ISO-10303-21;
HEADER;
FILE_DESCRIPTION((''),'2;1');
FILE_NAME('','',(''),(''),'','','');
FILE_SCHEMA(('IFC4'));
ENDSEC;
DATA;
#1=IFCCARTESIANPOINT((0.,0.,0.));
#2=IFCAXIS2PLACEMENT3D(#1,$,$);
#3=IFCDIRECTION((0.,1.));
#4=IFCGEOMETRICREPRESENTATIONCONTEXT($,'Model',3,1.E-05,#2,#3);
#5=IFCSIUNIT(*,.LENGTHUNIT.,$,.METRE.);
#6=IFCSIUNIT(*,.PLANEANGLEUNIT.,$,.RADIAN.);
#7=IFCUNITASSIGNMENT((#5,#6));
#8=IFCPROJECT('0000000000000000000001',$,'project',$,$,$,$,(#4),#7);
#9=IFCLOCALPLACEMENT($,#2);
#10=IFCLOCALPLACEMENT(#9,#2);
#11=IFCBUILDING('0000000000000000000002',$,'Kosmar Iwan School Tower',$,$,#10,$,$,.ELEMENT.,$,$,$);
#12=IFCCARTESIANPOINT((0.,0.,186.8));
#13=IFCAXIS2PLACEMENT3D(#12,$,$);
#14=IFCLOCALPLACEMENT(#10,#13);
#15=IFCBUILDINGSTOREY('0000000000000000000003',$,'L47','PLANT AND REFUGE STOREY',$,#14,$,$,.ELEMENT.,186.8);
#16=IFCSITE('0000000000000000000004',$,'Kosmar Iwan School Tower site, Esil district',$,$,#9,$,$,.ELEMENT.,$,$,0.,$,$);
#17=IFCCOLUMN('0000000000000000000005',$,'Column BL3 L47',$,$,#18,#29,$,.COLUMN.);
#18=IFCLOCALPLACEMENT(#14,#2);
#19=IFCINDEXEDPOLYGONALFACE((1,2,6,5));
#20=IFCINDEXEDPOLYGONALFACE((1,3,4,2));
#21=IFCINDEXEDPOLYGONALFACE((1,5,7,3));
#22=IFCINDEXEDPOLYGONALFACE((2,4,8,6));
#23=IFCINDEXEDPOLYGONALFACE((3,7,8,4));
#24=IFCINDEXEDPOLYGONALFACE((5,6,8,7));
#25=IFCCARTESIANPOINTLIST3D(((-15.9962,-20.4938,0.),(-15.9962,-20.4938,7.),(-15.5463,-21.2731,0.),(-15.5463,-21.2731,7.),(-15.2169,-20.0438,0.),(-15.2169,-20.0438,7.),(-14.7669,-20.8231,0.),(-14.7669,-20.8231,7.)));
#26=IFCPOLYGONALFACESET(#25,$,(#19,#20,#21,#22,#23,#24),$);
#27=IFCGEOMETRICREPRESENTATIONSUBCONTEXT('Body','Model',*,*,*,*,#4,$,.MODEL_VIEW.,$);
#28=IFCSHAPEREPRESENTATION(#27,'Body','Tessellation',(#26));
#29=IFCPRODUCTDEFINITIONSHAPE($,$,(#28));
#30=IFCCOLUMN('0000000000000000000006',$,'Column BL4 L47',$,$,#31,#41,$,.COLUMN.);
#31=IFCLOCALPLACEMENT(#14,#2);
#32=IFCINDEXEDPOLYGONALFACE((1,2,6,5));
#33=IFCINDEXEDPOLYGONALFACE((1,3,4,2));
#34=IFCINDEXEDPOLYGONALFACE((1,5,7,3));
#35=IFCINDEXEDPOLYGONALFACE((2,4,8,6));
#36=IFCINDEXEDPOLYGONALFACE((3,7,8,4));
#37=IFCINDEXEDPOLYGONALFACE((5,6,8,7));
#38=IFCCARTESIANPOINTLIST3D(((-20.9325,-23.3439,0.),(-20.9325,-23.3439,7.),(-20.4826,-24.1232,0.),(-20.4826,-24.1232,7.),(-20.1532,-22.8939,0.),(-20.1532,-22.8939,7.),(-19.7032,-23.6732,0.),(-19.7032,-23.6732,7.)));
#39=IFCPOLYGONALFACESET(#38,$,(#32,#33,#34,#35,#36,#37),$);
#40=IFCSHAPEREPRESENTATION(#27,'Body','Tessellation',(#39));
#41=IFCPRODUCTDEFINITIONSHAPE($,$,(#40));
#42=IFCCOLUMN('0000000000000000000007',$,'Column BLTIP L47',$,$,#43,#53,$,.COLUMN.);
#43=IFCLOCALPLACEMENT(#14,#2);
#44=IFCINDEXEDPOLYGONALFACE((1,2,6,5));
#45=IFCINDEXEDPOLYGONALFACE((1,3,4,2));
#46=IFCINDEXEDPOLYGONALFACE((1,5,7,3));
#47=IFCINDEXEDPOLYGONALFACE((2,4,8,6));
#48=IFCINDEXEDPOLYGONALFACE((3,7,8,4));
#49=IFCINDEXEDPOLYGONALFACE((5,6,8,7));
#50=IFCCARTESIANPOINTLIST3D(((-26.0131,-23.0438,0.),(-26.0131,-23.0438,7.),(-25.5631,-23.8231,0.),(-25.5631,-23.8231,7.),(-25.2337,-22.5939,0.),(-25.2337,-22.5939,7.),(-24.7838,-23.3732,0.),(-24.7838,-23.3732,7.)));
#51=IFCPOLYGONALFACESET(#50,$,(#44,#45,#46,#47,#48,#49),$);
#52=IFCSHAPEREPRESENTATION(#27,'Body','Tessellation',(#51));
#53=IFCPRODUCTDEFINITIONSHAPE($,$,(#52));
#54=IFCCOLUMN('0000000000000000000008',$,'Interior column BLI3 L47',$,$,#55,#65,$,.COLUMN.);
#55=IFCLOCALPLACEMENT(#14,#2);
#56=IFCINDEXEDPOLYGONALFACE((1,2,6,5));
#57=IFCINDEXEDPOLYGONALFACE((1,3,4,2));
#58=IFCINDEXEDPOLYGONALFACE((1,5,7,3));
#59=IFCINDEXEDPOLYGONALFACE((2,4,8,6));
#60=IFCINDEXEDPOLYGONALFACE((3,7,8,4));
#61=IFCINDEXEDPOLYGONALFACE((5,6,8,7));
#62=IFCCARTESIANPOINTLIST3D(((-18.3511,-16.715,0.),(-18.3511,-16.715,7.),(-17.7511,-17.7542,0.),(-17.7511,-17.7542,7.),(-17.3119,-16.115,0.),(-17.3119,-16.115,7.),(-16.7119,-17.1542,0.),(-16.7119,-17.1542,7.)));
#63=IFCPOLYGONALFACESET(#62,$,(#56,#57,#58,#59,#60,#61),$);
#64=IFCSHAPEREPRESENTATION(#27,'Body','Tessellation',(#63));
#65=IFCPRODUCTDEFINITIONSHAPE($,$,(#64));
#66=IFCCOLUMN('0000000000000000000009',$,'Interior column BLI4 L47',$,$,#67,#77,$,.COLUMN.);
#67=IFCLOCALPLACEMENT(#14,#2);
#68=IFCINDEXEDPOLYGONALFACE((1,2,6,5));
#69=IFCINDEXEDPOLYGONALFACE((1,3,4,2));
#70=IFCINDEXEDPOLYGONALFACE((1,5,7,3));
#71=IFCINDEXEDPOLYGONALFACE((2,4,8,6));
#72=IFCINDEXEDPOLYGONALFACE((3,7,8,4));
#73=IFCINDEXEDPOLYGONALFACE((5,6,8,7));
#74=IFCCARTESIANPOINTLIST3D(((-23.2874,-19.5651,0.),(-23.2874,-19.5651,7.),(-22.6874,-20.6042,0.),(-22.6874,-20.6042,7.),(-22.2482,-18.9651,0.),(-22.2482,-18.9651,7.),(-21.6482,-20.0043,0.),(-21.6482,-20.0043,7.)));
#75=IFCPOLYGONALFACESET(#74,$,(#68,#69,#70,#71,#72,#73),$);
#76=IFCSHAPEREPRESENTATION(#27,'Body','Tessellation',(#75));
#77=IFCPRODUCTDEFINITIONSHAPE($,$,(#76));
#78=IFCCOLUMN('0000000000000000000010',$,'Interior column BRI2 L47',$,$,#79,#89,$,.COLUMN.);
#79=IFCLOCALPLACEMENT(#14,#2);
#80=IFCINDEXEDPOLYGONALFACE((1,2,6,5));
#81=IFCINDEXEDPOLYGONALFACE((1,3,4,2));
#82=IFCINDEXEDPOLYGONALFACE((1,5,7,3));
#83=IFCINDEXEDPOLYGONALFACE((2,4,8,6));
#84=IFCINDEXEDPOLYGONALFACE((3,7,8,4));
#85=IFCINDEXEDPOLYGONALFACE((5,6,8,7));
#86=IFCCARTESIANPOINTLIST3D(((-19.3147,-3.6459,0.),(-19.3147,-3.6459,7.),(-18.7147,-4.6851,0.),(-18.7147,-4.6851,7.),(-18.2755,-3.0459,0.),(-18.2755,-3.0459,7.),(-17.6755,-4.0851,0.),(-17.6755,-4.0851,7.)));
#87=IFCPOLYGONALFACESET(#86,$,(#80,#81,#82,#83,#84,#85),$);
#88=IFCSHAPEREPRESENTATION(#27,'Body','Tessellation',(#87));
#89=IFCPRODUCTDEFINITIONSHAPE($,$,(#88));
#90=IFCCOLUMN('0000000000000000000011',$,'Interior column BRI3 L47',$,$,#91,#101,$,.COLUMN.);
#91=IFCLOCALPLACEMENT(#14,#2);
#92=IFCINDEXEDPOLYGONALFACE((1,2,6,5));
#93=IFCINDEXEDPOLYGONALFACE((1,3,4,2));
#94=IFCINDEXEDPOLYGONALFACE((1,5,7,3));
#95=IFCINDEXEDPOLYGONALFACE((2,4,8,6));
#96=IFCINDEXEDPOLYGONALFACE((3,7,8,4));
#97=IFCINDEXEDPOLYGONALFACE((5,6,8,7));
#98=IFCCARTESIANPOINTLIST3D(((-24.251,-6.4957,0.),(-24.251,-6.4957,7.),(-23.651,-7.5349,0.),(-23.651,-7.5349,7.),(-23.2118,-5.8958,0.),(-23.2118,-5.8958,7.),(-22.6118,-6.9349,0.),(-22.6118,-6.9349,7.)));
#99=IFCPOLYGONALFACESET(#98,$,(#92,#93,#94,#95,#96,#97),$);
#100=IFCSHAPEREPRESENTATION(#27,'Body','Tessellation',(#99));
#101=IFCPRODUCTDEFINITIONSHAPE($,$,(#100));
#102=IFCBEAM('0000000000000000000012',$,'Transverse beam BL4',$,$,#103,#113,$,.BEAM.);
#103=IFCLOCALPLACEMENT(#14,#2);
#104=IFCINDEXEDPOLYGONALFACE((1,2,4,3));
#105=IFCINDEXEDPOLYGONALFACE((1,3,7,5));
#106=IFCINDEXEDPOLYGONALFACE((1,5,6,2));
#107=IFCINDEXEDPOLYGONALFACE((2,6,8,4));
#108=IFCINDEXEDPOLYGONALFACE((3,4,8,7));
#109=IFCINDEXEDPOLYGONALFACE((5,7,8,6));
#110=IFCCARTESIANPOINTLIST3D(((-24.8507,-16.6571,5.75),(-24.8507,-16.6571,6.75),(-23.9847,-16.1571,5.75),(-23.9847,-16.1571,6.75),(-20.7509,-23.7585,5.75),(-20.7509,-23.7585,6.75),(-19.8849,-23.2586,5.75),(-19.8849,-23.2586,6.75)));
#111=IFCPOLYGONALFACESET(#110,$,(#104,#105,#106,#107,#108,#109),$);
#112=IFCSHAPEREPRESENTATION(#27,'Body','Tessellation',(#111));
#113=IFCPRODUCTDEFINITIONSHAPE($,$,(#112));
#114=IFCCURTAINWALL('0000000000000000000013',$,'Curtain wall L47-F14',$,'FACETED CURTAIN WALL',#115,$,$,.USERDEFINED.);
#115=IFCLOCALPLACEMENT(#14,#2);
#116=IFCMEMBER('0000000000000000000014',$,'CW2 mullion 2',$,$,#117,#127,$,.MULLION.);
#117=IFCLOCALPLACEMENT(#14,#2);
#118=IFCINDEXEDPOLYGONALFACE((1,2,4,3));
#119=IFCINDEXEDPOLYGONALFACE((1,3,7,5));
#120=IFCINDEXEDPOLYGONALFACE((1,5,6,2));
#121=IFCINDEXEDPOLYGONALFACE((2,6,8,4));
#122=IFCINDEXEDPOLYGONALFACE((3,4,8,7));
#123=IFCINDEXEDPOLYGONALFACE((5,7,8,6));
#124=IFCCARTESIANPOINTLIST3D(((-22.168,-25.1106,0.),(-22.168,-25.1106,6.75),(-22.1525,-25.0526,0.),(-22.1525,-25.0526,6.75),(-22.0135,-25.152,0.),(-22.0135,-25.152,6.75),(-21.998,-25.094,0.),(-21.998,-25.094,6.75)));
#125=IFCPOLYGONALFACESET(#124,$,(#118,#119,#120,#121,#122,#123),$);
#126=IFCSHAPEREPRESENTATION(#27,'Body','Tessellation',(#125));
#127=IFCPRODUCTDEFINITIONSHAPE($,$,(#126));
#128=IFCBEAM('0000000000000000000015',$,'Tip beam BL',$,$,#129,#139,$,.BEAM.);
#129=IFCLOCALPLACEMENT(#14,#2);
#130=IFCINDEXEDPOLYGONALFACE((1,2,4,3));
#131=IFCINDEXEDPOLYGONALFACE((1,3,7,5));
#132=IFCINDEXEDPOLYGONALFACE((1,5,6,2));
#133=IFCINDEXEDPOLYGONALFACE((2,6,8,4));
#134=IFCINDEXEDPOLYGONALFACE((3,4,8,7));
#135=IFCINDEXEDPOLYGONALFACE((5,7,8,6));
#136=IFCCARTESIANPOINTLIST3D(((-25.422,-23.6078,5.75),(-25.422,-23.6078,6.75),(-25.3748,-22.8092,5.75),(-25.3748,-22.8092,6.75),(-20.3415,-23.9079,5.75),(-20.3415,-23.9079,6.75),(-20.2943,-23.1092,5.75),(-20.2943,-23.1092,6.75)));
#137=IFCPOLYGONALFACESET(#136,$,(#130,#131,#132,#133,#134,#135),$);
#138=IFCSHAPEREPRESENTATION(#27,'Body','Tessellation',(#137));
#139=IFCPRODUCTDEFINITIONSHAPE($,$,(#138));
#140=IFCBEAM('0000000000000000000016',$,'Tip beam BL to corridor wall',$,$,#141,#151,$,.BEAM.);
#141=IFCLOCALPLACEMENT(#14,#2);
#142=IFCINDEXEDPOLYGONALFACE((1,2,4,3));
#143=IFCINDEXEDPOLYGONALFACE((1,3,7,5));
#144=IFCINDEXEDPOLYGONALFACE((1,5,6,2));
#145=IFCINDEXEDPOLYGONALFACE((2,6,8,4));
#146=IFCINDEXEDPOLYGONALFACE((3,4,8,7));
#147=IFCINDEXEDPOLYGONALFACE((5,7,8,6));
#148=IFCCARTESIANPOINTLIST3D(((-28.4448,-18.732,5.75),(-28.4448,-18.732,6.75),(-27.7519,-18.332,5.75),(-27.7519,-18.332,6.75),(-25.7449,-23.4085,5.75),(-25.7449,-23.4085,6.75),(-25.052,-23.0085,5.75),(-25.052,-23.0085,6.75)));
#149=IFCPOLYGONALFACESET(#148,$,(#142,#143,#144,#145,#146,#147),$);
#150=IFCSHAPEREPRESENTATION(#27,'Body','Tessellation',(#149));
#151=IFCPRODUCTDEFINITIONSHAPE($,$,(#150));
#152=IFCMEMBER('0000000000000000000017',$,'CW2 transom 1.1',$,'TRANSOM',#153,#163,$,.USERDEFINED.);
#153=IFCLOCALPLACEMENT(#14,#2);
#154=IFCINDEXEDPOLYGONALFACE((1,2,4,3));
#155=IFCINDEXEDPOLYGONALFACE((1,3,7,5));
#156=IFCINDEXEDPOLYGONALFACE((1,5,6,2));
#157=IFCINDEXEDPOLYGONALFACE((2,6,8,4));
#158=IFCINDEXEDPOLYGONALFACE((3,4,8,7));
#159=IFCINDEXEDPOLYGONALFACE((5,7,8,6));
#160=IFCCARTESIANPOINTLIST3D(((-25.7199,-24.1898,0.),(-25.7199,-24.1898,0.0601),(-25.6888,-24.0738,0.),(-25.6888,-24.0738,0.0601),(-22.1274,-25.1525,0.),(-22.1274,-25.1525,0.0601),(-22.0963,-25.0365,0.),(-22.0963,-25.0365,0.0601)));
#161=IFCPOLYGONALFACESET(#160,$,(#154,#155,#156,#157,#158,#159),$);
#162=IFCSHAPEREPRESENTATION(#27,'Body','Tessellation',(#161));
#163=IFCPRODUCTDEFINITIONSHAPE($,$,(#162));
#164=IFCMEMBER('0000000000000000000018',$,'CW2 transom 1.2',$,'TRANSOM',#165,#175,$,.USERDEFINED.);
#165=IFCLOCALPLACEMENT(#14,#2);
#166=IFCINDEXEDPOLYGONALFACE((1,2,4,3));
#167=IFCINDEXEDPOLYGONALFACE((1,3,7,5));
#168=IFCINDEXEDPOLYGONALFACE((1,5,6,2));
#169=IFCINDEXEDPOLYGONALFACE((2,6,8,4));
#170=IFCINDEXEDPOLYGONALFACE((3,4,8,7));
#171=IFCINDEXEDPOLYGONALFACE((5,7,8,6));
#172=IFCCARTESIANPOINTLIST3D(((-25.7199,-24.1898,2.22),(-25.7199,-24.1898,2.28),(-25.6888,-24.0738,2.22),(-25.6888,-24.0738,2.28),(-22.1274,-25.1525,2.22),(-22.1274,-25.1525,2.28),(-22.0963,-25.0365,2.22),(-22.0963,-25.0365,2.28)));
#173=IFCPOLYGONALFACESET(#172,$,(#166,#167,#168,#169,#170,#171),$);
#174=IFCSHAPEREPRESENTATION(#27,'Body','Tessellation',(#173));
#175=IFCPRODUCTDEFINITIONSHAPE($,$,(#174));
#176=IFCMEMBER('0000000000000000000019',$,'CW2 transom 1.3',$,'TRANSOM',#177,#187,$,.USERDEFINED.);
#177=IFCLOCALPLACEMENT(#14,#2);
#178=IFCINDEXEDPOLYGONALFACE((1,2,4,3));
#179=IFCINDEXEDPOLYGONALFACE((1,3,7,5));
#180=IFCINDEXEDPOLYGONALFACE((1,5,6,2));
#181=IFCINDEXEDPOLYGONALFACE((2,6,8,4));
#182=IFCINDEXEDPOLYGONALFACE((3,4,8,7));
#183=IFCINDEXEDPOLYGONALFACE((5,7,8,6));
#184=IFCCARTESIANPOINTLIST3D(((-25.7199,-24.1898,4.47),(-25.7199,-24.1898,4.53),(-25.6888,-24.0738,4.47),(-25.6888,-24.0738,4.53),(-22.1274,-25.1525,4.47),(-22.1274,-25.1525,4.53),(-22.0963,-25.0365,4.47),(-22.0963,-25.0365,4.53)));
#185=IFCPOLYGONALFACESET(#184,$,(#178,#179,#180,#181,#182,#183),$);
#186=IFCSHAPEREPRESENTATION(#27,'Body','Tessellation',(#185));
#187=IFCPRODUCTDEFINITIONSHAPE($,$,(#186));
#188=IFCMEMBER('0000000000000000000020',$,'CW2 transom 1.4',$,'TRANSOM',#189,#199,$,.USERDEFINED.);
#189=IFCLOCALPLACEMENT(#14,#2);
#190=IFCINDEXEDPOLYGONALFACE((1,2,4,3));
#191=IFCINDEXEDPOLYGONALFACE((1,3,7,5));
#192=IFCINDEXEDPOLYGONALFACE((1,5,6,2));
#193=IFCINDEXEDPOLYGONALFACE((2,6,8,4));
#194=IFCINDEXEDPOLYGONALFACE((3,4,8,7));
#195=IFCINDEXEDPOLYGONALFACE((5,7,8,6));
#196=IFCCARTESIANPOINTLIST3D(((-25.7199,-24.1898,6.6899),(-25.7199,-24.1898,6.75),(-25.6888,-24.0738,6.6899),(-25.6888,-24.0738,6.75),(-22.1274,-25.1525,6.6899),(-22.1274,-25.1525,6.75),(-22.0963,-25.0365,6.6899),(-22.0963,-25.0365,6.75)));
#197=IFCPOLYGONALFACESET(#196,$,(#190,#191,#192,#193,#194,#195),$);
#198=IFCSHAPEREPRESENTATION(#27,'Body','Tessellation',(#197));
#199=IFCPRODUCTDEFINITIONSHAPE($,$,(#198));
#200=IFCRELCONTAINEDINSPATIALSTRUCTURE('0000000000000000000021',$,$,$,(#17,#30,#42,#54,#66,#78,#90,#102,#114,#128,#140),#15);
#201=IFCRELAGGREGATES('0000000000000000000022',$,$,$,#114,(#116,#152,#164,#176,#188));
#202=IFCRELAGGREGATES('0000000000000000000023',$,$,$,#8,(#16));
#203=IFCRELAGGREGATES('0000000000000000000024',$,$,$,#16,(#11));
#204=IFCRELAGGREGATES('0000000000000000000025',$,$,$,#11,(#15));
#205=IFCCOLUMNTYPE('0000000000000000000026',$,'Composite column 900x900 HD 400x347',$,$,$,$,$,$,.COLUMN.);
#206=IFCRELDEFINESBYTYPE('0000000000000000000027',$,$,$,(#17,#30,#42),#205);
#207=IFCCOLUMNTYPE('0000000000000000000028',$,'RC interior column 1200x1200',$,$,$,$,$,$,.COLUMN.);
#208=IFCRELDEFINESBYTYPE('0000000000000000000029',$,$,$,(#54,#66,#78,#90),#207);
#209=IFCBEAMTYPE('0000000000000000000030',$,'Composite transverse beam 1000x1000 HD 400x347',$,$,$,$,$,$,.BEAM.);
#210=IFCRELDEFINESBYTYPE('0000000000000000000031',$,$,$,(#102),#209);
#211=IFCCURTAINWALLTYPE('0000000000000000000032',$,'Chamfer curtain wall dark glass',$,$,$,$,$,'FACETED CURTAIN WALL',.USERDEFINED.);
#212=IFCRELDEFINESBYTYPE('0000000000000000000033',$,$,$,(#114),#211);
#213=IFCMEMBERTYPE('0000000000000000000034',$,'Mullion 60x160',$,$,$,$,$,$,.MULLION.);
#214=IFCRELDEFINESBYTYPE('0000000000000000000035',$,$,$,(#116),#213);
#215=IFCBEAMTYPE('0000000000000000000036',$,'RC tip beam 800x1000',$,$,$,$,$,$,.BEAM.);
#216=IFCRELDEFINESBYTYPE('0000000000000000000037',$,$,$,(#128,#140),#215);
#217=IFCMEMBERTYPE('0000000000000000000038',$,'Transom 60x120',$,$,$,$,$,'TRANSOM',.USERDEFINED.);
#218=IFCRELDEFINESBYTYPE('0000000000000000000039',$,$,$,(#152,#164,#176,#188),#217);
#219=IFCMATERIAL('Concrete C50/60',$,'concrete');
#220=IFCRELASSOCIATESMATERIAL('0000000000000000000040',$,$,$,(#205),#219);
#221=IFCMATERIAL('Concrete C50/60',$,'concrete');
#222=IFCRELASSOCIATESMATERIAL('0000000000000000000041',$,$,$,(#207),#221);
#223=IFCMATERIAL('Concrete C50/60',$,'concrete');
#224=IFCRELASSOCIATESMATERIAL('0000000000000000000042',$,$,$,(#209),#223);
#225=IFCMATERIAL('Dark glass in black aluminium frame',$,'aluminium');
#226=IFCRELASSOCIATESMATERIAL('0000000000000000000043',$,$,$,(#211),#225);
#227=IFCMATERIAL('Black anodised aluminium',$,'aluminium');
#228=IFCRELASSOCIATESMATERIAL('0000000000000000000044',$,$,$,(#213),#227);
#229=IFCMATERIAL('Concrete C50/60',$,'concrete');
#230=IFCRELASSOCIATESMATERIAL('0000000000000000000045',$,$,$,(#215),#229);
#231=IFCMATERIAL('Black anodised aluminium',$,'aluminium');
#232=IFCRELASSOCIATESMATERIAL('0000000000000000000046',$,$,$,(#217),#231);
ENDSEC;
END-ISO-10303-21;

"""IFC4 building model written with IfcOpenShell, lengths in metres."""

from ifc_helpers import new_model, si_unit, direction, frame, origin, origin_2d, place, context, subcontext, project, spatial, rectangle, extrude, material, material_profile, profile_set, type_object, element, aggregate, save


model = new_model("IFC4")

# Units and contexts
model_context = context("Model", 3, precision=1e-05, world=origin(), true_north=direction((0.0, 1.0)))
body_context = subcontext(model_context, "Body", "Model", "MODEL_VIEW")
ifc_project = project(units=[si_unit("LENGTHUNIT", "METRE"), si_unit("PLANEANGLEUNIT", "RADIAN")], contexts=[model_context])

# Site, building, storey
site_placement = place(None, origin())
site = spatial("IfcSite", under=ifc_project, at=site_placement, Name="Kosmar Iwan School Tower site, Esil district", CompositionType="ELEMENT", RefElevation=0.0)
building_placement = place(site_placement, origin())
building = spatial("IfcBuilding", under=site, at=building_placement, Name="Kosmar Iwan School Tower", CompositionType="ELEMENT")
storey_placement = place(building_placement, frame((0.0, 0.0, 186.8)))
storey = spatial("IfcBuildingStorey", under=building, at=storey_placement, Name="L47", Description="PLANT AND REFUGE STOREY", CompositionType="ELEMENT", Elevation=186.8)

# Columns
ifc_material_1 = material(Name="Concrete C50/60", Category="concrete")
ifc_material_profile_1 = material_profile(ifc_material_1, rectangle(XDim=0.8999, YDim=0.8999, at=origin_2d()), Name="RC 900x900 + HD 400x347")
ifc_profile_set_1 = profile_set([ifc_material_profile_1], Name="Concrete C50/60")
column_type_1 = type_object("IfcColumnType", Name="Composite column 900x900 HD 400x347", PredefinedType="COLUMN", material=ifc_profile_set_1)
for number, where, z_axis, x_axis, name in (
    (1, (-15.3816, -20.6584, 0.0), (0.0, 0.0, 1.0), (-0.866025, -0.5, 0.0), "Column BL3 L47"),
    (2, (-20.3179, -23.5085, 0.0), (0.0, 0.0, 1.0), (-0.866025, -0.5, 0.0), "Column BL4 L47"),
    (3, (-25.3984, -23.2085, 0.0), (0.0, 0.0, 1.0), (-0.866025, -0.5, 0.0), "Column BLTIP L47"),
):
    element("IfcColumn", number, at=place(storey_placement, frame(where, z_axis=z_axis, x_axis=x_axis)), inside=storey, type_object=column_type_1, Name=name, PredefinedType="COLUMN", context=body_context, shape_type="SweptSolid", body=[
        extrude(rectangle(XDim=0.8999, YDim=0.8999, at=origin_2d()), origin(), (0.0, 0.0, 1.0), 7.0),
    ])
ifc_material_2 = material(Name="Concrete C50/60", Category="concrete")
ifc_material_profile_2 = material_profile(ifc_material_2, rectangle(XDim=1.2, YDim=1.2, at=origin_2d()), Name="RC 1200x1200")
ifc_profile_set_2 = profile_set([ifc_material_profile_2], Name="Concrete C50/60")
column_type_2 = type_object("IfcColumnType", Name="RC interior column 1200x1200", PredefinedType="COLUMN", material=ifc_profile_set_2)
for number, where, z_axis, x_axis, name in (
    (4, (-17.5315, -16.9346, 0.0), (0.0, 0.0, 1.0), (-0.866025, -0.5, 0.0), "Interior column BLI3 L47"),
    (5, (-22.4678, -19.7847, 0.0), (0.0, 0.0, 1.0), (-0.866025, -0.5, 0.0), "Interior column BLI4 L47"),
    (6, (-18.4951, -3.8655, 0.0), (0.0, 0.0, 1.0), (-0.866025, -0.5, 0.0), "Interior column BRI2 L47"),
    (7, (-23.4314, -6.7153, 0.0), (0.0, 0.0, 1.0), (-0.866025, -0.5, 0.0), "Interior column BRI3 L47"),
):
    element("IfcColumn", number, at=place(storey_placement, frame(where, z_axis=z_axis, x_axis=x_axis)), inside=storey, type_object=column_type_2, Name=name, PredefinedType="COLUMN", context=body_context, shape_type="SweptSolid", body=[
        extrude(rectangle(XDim=1.2, YDim=1.2, at=origin_2d()), origin(), (0.0, 0.0, 1.0), 7.0),
    ])

# Beam
ifc_material_3 = material(Name="Concrete C50/60", Category="concrete")
ifc_material_profile_3 = material_profile(ifc_material_3, rectangle(XDim=1.0, YDim=1.0, at=origin_2d()), Name="RC 1000x1000 + HD 400x347")
ifc_profile_set_3 = profile_set([ifc_material_profile_3], Name="Concrete C50/60")
beam_type_1 = type_object("IfcBeamType", Name="Composite transverse beam 1000x1000 HD 400x347", PredefinedType="BEAM", material=ifc_profile_set_3)
beam_1_placement = place(storey_placement, frame((-20.3179, -23.5085, 6.25), z_axis=(-0.499978, 0.866038, 0.0), x_axis=(-0.866038, -0.499978, 0.0)))
element("IfcBeam", 8, at=beam_1_placement, inside=storey, type_object=beam_type_1, Name="Transverse beam BL4", PredefinedType="BEAM", context=body_context, shape_type="SweptSolid", body=[
    extrude(rectangle(XDim=1.0, YDim=1.0, at=origin_2d()), origin(), (0.0, 0.0, 1.0), 8.2),
])

# Curtain wall, member
ifc_material_4 = material(Name="Dark glass in black aluminium frame", Category="aluminium")
curtain_wall_type = type_object("IfcCurtainWallType", Name="Chamfer curtain wall dark glass", ElementType="FACETED CURTAIN WALL", PredefinedType="USERDEFINED", material=ifc_material_4)
curtain_wall_placement = place(storey_placement, origin())
curtain_wall = element("IfcCurtainWall", 9, at=curtain_wall_placement, inside=storey, type_object=curtain_wall_type, Name="Curtain wall L47-F14", ObjectType="FACETED CURTAIN WALL", PredefinedType="USERDEFINED")
ifc_material_5 = material(Name="Black anodised aluminium", Category="aluminium")
ifc_material_profile_4 = material_profile(ifc_material_5, rectangle(XDim=0.0601, YDim=0.1599, at=origin_2d()), Name="MULLION 60x160")
ifc_profile_set_4 = profile_set([ifc_material_profile_4], Name="Black anodised aluminium")
member_type_1 = type_object("IfcMemberType", Name="Mullion 60x160", PredefinedType="MULLION", material=ifc_profile_set_4)
member_1_placement = place(storey_placement, frame((-22.083, -25.1023, 0.0), z_axis=(0.0, 0.0, 1.0), x_axis=(0.258819, 0.965926, 0.0)))
member_1 = element("IfcMember", 10, at=member_1_placement, type_object=member_type_1, Name="CW2 mullion 2", PredefinedType="MULLION", context=body_context, shape_type="SweptSolid", body=[
    extrude(rectangle(XDim=0.0601, YDim=0.1599, at=origin_2d()), origin(), (0.0, 0.0, 1.0), 6.75),
])

# Beams
ifc_material_6 = material(Name="Concrete C50/60", Category="concrete")
ifc_material_profile_5 = material_profile(ifc_material_6, rectangle(XDim=0.8, YDim=1.0, at=origin_2d()), Name="RC 800x1000")
ifc_profile_set_5 = profile_set([ifc_material_profile_5], Name="Concrete C50/60")
beam_type_2 = type_object("IfcBeamType", Name="RC tip beam 800x1000", PredefinedType="BEAM", material=ifc_profile_set_5)
beam_2_placement = place(storey_placement, frame((-20.3179, -23.5085, 6.25), z_axis=(-0.998261, 0.058955, 0.0), x_axis=(-0.058955, -0.998261, 0.0)))
element("IfcBeam", 11, at=beam_2_placement, inside=storey, type_object=beam_type_2, Name="Tip beam BL", PredefinedType="BEAM", context=body_context, shape_type="SweptSolid", body=[
    extrude(rectangle(XDim=0.8, YDim=1.0, at=origin_2d()), origin(), (0.0, 0.0, 1.0), 5.0894),
])
beam_3_placement = place(storey_placement, frame((-25.3984, -23.2085, 6.25), z_axis=(-0.499995, 0.866028, 0.0), x_axis=(-0.866028, -0.499995, 0.0)))
element("IfcBeam", 12, at=beam_3_placement, inside=storey, type_object=beam_type_2, Name="Tip beam BL to corridor wall", PredefinedType="BEAM", context=body_context, shape_type="SweptSolid", body=[
    extrude(rectangle(XDim=0.8, YDim=1.0, at=origin_2d()), origin(), (0.0, 0.0, 1.0), 5.3999),
])

# Members
ifc_material_7 = material(Name="Black anodised aluminium", Category="aluminium")
ifc_material_profile_6 = material_profile(ifc_material_7, rectangle(XDim=0.1201, YDim=0.0601, at=origin_2d()), Name="TRANSOM 60x120")
ifc_profile_set_6 = profile_set([ifc_material_profile_6], Name="Black anodised aluminium")
member_type_2 = type_object("IfcMemberType", Name="Transom 60x120", ElementType="TRANSOM", PredefinedType="USERDEFINED", material=ifc_profile_set_6)
member_2_placement = place(storey_placement, frame((-25.7043, -24.1318, 0.03), z_axis=(0.965924, -0.258827, 0.0), x_axis=(0.258827, 0.965924, 0.0)))
member_2 = element("IfcMember", 13, at=member_2_placement, type_object=member_type_2, Name="CW2 transom 1.1", ObjectType="TRANSOM", PredefinedType="USERDEFINED", context=body_context, shape_type="SweptSolid", body=[
    extrude(rectangle(XDim=0.1201, YDim=0.0601, at=origin_2d()), origin(), (0.0, 0.0, 1.0), 3.7192),
])
member_3_placement = place(storey_placement, frame((-25.7043, -24.1318, 2.25), z_axis=(0.965924, -0.258827, 0.0), x_axis=(0.258827, 0.965924, 0.0)))
member_3 = element("IfcMember", 14, at=member_3_placement, type_object=member_type_2, Name="CW2 transom 1.2", ObjectType="TRANSOM", PredefinedType="USERDEFINED", context=body_context, shape_type="SweptSolid", body=[
    extrude(rectangle(XDim=0.1201, YDim=0.0601, at=origin_2d()), origin(), (0.0, 0.0, 1.0), 3.7192),
])
member_4_placement = place(storey_placement, frame((-25.7043, -24.1318, 4.5), z_axis=(0.965924, -0.258827, 0.0), x_axis=(0.258827, 0.965924, 0.0)))
member_4 = element("IfcMember", 15, at=member_4_placement, type_object=member_type_2, Name="CW2 transom 1.3", ObjectType="TRANSOM", PredefinedType="USERDEFINED", context=body_context, shape_type="SweptSolid", body=[
    extrude(rectangle(XDim=0.1201, YDim=0.0601, at=origin_2d()), origin(), (0.0, 0.0, 1.0), 3.7192),
])
member_5_placement = place(storey_placement, frame((-25.7043, -24.1318, 6.72), z_axis=(0.965924, -0.258827, 0.0), x_axis=(0.258827, 0.965924, 0.0)))
member_5 = element("IfcMember", 16, at=member_5_placement, type_object=member_type_2, Name="CW2 transom 1.4", ObjectType="TRANSOM", PredefinedType="USERDEFINED", context=body_context, shape_type="SweptSolid", body=[
    extrude(rectangle(XDim=0.1201, YDim=0.0601, at=origin_2d()), origin(), (0.0, 0.0, 1.0), 3.7192),
])

aggregate(curtain_wall, [member_1, member_2, member_3, member_4, member_5])

save(model, "model.ifc")
